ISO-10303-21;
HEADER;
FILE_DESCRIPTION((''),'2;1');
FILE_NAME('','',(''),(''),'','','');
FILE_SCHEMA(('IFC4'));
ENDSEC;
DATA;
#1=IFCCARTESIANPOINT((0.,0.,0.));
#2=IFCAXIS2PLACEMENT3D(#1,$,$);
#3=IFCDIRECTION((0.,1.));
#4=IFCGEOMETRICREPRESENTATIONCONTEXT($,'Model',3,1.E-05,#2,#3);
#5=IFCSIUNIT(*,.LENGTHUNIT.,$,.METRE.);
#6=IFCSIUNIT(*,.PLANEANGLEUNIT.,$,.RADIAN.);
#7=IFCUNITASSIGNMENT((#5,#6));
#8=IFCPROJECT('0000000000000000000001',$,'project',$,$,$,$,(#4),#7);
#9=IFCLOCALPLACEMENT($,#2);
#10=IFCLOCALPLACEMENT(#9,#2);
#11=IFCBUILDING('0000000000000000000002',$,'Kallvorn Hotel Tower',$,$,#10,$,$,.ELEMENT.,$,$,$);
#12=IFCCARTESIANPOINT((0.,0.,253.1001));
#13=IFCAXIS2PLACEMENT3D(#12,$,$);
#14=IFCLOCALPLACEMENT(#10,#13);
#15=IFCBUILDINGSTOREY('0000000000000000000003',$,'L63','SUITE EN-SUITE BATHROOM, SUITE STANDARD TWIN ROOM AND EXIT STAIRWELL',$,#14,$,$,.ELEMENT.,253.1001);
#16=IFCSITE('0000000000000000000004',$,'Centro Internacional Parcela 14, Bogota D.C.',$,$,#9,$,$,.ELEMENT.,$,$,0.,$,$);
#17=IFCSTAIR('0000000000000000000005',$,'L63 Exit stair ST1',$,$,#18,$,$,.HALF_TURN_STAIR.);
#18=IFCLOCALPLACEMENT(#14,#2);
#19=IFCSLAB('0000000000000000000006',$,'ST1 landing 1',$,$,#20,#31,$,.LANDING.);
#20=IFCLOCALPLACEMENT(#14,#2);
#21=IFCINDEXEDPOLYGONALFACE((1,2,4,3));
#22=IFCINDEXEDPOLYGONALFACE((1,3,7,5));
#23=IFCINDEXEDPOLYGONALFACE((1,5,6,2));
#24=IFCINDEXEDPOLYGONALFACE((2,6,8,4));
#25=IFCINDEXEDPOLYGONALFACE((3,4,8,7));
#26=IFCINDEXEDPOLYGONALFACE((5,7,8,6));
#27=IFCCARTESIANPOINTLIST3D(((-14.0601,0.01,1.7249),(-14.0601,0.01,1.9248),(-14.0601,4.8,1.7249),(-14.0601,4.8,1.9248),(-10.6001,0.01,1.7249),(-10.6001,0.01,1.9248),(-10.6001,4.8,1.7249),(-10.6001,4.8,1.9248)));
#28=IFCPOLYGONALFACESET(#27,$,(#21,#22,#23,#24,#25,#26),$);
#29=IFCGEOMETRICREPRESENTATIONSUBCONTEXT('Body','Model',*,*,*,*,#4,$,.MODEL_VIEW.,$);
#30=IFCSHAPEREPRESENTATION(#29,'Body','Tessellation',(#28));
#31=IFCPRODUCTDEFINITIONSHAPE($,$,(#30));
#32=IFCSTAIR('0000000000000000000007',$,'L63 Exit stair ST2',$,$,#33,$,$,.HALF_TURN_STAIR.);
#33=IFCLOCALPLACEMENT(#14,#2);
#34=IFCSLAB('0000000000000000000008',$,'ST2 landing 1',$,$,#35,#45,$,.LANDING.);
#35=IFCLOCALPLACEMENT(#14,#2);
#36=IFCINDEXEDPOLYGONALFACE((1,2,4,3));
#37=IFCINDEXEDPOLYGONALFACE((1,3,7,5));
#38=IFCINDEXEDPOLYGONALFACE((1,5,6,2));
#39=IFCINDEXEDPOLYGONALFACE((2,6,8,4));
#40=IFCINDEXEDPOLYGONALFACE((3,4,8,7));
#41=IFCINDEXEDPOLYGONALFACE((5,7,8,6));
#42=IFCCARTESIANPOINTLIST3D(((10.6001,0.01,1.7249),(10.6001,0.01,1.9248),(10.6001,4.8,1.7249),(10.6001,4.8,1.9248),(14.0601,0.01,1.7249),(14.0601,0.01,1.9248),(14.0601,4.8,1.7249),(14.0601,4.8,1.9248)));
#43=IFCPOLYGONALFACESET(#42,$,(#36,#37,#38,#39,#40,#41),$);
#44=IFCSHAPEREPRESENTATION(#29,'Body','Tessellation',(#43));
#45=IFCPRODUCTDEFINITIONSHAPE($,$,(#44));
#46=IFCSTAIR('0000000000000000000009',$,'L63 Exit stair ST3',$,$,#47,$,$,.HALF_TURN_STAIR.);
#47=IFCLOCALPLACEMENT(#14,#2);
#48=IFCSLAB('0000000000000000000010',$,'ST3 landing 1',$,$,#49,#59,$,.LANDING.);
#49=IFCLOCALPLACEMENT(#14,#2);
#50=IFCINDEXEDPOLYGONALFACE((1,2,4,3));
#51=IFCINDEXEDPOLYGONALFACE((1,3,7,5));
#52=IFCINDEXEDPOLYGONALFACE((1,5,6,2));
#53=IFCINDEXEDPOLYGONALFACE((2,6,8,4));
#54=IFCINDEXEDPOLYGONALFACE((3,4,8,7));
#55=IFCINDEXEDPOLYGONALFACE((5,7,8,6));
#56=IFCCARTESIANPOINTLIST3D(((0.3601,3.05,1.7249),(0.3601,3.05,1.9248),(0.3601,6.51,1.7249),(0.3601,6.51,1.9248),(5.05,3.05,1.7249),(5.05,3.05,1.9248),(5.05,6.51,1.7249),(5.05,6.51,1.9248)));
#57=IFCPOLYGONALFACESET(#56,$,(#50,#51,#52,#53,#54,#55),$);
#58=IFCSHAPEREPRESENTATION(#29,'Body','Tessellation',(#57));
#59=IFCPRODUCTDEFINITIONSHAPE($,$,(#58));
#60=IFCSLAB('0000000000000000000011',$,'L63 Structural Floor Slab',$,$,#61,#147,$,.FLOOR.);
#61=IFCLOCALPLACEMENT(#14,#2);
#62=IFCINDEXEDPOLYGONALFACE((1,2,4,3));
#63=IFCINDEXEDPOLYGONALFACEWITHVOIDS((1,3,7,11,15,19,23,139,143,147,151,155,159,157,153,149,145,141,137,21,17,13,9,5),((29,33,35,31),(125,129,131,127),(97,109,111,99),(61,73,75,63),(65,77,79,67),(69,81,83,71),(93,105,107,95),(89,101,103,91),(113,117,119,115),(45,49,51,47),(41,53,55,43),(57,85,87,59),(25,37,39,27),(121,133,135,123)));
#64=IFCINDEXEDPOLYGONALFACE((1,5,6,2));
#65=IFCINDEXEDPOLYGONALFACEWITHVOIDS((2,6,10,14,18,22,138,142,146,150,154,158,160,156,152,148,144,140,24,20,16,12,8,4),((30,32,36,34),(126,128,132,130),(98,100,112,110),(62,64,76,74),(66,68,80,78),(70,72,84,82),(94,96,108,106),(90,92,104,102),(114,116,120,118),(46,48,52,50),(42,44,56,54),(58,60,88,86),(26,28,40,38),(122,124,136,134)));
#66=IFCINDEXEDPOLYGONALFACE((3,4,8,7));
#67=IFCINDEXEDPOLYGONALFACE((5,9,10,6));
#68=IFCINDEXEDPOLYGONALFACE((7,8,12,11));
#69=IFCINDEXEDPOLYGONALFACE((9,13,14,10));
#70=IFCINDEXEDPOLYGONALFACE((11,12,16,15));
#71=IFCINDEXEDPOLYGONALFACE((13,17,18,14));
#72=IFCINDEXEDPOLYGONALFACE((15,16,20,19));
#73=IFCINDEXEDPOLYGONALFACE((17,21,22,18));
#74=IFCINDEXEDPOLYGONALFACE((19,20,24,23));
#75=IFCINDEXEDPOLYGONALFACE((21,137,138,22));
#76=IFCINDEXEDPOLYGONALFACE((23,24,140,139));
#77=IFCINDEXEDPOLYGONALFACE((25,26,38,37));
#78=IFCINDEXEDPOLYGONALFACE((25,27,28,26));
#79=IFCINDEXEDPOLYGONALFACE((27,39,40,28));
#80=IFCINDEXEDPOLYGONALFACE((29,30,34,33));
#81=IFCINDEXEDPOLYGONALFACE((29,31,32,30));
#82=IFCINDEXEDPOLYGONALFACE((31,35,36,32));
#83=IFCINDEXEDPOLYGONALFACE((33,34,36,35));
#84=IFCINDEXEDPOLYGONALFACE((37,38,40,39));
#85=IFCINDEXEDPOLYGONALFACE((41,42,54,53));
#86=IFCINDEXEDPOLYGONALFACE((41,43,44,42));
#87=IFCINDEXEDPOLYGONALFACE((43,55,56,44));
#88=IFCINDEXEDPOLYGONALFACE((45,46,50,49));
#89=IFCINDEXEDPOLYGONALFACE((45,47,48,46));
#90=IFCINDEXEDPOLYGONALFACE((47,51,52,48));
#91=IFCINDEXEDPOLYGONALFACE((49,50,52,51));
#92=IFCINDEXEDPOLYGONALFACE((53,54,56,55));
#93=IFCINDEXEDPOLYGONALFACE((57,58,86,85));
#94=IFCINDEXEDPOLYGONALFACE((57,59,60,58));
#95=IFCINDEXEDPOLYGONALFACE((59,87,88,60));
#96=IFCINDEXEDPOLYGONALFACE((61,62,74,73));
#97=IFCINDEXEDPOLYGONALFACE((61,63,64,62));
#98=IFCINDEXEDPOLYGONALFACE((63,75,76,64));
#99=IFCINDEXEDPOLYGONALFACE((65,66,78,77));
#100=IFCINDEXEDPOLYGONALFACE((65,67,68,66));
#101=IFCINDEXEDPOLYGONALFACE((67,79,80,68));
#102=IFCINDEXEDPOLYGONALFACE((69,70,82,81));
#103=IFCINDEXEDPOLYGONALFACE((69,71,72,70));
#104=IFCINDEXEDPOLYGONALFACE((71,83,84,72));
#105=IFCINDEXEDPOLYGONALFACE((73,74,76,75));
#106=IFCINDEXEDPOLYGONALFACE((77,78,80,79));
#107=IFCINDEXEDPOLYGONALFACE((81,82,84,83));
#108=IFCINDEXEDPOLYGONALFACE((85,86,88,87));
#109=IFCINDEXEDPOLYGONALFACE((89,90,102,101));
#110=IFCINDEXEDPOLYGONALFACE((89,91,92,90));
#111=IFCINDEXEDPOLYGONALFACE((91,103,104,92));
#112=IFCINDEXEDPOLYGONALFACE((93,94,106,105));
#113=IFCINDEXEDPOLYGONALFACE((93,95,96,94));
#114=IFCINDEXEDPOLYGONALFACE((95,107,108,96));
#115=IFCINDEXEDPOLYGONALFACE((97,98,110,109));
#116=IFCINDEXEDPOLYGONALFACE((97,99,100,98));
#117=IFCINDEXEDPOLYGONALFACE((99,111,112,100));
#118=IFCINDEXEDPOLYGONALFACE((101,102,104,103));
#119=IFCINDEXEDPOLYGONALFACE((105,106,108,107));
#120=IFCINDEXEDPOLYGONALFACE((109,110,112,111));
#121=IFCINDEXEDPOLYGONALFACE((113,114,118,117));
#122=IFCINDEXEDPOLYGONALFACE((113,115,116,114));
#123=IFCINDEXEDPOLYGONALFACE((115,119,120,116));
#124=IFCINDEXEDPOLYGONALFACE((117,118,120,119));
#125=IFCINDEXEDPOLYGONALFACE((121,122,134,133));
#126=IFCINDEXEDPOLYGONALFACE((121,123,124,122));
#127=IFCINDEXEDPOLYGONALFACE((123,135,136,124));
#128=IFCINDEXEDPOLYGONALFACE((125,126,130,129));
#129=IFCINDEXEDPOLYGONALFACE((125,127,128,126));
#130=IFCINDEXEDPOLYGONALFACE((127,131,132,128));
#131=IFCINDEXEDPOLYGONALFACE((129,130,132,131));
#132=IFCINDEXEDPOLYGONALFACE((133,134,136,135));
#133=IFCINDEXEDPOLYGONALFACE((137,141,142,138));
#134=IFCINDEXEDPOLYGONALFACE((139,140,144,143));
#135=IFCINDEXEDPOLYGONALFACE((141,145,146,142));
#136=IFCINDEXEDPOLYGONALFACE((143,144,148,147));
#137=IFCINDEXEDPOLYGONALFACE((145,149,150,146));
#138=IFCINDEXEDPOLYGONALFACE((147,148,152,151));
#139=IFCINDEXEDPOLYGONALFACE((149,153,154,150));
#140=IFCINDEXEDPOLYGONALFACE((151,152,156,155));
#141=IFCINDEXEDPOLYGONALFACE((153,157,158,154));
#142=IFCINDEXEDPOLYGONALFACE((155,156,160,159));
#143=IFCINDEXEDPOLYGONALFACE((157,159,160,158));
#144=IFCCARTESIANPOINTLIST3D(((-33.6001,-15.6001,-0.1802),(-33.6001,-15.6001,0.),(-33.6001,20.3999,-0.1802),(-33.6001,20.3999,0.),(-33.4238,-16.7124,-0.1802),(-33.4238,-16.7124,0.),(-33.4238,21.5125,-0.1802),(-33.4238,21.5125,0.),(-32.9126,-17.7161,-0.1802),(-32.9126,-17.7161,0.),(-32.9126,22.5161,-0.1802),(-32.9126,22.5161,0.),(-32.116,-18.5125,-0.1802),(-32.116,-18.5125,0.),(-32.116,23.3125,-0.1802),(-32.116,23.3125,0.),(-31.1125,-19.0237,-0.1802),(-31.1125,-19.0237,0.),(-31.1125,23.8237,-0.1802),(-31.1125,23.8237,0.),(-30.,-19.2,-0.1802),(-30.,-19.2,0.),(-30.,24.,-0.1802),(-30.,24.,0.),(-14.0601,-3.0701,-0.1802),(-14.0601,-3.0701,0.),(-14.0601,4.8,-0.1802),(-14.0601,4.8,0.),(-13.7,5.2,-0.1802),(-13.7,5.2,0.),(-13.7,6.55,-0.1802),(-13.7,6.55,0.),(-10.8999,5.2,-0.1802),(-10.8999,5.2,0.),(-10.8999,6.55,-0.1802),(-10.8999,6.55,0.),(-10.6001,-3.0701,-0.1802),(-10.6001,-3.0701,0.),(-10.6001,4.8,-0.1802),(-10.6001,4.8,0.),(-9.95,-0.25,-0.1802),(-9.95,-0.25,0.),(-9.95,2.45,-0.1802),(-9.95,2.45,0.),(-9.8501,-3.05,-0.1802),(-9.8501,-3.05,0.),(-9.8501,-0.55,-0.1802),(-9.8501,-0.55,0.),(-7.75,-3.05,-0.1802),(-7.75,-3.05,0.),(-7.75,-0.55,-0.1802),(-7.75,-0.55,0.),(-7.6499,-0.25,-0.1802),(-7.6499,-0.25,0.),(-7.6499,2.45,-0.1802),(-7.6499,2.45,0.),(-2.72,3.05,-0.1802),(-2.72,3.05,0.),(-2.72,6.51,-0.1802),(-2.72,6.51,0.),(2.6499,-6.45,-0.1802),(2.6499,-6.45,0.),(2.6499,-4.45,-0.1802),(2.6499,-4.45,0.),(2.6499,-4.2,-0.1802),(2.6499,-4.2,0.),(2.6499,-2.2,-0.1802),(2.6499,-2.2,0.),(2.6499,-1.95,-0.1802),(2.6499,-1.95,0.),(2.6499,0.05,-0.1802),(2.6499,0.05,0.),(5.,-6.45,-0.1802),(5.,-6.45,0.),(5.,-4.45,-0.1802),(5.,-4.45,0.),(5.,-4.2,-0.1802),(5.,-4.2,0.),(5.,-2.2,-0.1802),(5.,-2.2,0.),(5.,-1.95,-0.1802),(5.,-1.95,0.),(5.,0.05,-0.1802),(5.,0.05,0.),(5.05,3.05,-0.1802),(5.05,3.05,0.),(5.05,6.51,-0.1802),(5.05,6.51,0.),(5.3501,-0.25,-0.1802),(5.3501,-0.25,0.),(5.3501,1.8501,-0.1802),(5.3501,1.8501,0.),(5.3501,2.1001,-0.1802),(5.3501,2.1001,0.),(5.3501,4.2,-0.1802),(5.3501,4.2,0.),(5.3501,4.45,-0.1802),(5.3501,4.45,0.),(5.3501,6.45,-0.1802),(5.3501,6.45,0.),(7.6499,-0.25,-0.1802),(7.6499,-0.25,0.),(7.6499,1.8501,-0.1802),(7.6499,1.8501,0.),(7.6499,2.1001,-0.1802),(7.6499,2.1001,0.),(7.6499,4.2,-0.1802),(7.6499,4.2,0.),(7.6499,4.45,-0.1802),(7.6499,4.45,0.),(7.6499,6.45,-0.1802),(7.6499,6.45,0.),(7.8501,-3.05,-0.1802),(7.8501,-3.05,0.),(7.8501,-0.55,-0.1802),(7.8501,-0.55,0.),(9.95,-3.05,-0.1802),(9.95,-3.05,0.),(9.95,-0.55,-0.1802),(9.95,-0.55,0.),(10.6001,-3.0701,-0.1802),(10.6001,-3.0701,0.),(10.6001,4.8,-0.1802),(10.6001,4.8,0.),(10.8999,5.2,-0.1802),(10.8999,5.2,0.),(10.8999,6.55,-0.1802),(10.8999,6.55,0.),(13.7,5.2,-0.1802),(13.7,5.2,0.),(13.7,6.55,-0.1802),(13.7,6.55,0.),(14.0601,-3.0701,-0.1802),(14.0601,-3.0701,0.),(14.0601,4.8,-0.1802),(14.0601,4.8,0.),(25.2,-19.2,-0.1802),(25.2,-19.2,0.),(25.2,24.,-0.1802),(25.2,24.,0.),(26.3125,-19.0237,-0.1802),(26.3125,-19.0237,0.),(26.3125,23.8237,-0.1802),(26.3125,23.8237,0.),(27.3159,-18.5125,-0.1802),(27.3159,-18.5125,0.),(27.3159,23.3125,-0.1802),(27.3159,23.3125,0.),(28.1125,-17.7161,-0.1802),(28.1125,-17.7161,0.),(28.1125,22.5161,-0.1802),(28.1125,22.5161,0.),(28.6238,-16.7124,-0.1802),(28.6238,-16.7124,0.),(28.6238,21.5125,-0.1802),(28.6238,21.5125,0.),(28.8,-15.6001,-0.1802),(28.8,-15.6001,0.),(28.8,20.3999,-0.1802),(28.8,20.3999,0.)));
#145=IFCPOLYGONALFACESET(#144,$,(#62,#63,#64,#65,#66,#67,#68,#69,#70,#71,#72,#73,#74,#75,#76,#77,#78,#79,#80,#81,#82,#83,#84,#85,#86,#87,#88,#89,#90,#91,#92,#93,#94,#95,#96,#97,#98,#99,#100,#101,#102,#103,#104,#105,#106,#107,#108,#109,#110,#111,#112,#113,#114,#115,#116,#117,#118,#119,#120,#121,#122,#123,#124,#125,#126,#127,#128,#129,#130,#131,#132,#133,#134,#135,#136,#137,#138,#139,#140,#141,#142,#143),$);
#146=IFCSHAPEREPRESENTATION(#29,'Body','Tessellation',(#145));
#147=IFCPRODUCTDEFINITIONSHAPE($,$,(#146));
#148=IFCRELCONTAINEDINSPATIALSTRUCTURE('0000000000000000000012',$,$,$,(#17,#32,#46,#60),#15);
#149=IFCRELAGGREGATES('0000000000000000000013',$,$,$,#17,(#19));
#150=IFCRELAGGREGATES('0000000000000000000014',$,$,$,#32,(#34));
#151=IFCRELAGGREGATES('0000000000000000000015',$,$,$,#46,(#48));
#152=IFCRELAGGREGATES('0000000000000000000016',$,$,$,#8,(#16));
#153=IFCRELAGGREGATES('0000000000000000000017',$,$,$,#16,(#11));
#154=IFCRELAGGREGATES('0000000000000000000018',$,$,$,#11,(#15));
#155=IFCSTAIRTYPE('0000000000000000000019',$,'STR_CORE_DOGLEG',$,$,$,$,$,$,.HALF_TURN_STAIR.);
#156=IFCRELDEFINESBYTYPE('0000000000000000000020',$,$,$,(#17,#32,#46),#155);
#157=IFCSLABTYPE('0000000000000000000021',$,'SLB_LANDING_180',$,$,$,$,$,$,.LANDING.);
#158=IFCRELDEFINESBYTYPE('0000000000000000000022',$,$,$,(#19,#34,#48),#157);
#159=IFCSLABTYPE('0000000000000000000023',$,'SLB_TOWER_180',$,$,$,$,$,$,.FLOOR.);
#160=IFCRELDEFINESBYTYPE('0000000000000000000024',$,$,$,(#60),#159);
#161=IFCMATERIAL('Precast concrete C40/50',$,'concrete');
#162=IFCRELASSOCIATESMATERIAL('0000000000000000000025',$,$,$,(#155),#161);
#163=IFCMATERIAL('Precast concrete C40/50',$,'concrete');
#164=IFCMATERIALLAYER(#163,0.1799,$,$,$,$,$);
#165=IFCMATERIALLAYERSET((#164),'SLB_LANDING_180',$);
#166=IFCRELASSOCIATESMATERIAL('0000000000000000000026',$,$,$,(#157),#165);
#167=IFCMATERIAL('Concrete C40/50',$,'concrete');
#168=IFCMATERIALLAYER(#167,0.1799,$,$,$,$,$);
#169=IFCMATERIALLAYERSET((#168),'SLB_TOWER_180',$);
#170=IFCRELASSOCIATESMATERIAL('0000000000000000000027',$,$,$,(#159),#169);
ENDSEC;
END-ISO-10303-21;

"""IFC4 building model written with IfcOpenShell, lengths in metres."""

from ifc_helpers import new_model, si_unit, direction, frame, origin, place, context, subcontext, project, spatial, polyline, outline, extrude, material, layer, layer_set, type_object, element, aggregate, save


model = new_model("IFC4")

# Units and contexts
model_context = context("Model", 3, precision=1e-05, world=origin(), true_north=direction((0.0, 1.0)))
body_context = subcontext(model_context, "Body", "Model", "MODEL_VIEW")
ifc_project = project(units=[si_unit("LENGTHUNIT", "METRE"), si_unit("PLANEANGLEUNIT", "RADIAN")], contexts=[model_context])

# Site, building, storey
site_placement = place(None, origin())
site = spatial("IfcSite", under=ifc_project, at=site_placement, Name="Centro Internacional Parcela 14, Bogota D.C.", CompositionType="ELEMENT", RefElevation=0.0)
building_placement = place(site_placement, origin())
building = spatial("IfcBuilding", under=site, at=building_placement, Name="Kallvorn Hotel Tower", CompositionType="ELEMENT")
storey_placement = place(building_placement, frame((0.0, 0.0, 253.1001)))
storey = spatial("IfcBuildingStorey", under=building, at=storey_placement, Name="L63", Description="SUITE EN-SUITE BATHROOM, SUITE STANDARD TWIN ROOM AND EXIT STAIRWELL", CompositionType="ELEMENT", Elevation=253.1001)

# Stairs, slabs
ifc_material_1 = material(Name="Precast concrete C40/50", Category="concrete")
stair_type = type_object("IfcStairType", Name="STR_CORE_DOGLEG", PredefinedType="HALF_TURN_STAIR", material=ifc_material_1)
stair_1_placement = place(storey_placement, origin())
stair_1 = element("IfcStair", 1, at=stair_1_placement, inside=storey, type_object=stair_type, Name="L63 Exit stair ST1", PredefinedType="HALF_TURN_STAIR")
ifc_material_2 = material(Name="Precast concrete C40/50", Category="concrete")
ifc_layer_1 = layer(ifc_material_2, 0.1799)
ifc_layer_set_1 = layer_set([ifc_layer_1], Name="SLB_LANDING_180")
slab_type_1 = type_object("IfcSlabType", Name="SLB_LANDING_180", PredefinedType="LANDING", material=ifc_layer_set_1)
slab_1_placement = place(storey_placement, frame((0.0, 0.0, 1.7249)))
slab_1 = element("IfcSlab", 2, at=slab_1_placement, type_object=slab_type_1, Name="ST1 landing 1", PredefinedType="LANDING", context=body_context, shape_type="SweptSolid", body=[
    extrude(outline(polyline([(-10.6001, 0.01), (-10.6001, 4.8), (-14.0601, 4.8), (-14.0601, 0.01), (-10.6001, 0.01)])), origin(), (0.0, 0.0, 1.0), 0.2),
])
aggregate(stair_1, [slab_1])
stair_2_placement = place(storey_placement, origin())
stair_2 = element("IfcStair", 3, at=stair_2_placement, inside=storey, type_object=stair_type, Name="L63 Exit stair ST2", PredefinedType="HALF_TURN_STAIR")
slab_2_placement = place(storey_placement, frame((0.0, 0.0, 1.7249)))
slab_2 = element("IfcSlab", 4, at=slab_2_placement, type_object=slab_type_1, Name="ST2 landing 1", PredefinedType="LANDING", context=body_context, shape_type="SweptSolid", body=[
    extrude(outline(polyline([(14.0601, 0.01), (14.0601, 4.8), (10.6001, 4.8), (10.6001, 0.01), (14.0601, 0.01)])), origin(), (0.0, 0.0, 1.0), 0.2),
])
aggregate(stair_2, [slab_2])
stair_3_placement = place(storey_placement, origin())
stair_3 = element("IfcStair", 5, at=stair_3_placement, inside=storey, type_object=stair_type, Name="L63 Exit stair ST3", PredefinedType="HALF_TURN_STAIR")
slab_3_placement = place(storey_placement, frame((0.0, 0.0, 1.7249)))
slab_3 = element("IfcSlab", 6, at=slab_3_placement, type_object=slab_type_1, Name="ST3 landing 1", PredefinedType="LANDING", context=body_context, shape_type="SweptSolid", body=[
    extrude(outline(polyline([(0.3601, 3.05), (5.05, 3.05), (5.05, 6.51), (0.3601, 6.51), (0.3601, 3.05)])), origin(), (0.0, 0.0, 1.0), 0.2),
])
aggregate(stair_3, [slab_3])

# Slab
ifc_material_3 = material(Name="Concrete C40/50", Category="concrete")
ifc_layer_2 = layer(ifc_material_3, 0.1799)
ifc_layer_set_2 = layer_set([ifc_layer_2], Name="SLB_TOWER_180")
slab_type_2 = type_object("IfcSlabType", Name="SLB_TOWER_180", PredefinedType="FLOOR", material=ifc_layer_set_2)
slab_4_placement = place(storey_placement, frame((0.0, 0.0, -0.1802)))
element("IfcSlab", 7, at=slab_4_placement, inside=storey, type_object=slab_type_2, Name="L63 Structural Floor Slab", PredefinedType="FLOOR", context=body_context, shape_type="SweptSolid", body=[
    extrude(outline(polyline([(25.2, -19.2), (26.3125, -19.0237), (27.3159, -18.5125), (28.1125, -17.7161), (28.6238, -16.7124), (28.8, -15.6001), (28.8, 20.3999), (28.6238, 21.5125), (28.1125, 22.5161), (27.3159, 23.3125), (26.3125, 23.8237), (25.2, 24.0), (-30.0, 24.0), (-31.1125, 23.8237), (-32.116, 23.3125), (-32.9126, 22.5161), (-33.4238, 21.5125), (-33.6001, 20.3999), (-33.6001, -15.6001), (-33.4238, -16.7124), (-32.9126, -17.7161), (-32.116, -18.5125), (-31.1125, -19.0237), (-30.0, -19.2), (25.2, -19.2)]), holes=[polyline([(-10.6001, -3.0701), (-10.6001, 4.8), (-14.0601, 4.8), (-14.0601, -3.0701), (-10.6001, -3.0701)]), polyline([(14.0601, -3.0701), (14.0601, 4.8), (10.6001, 4.8), (10.6001, -3.0701), (14.0601, -3.0701)]), polyline([(-2.72, 3.05), (5.05, 3.05), (5.05, 6.51), (-2.72, 6.51), (-2.72, 3.05)]), polyline([(2.6499, -6.45), (5.0, -6.45), (5.0, -4.45), (2.6499, -4.45), (2.6499, -6.45)]), polyline([(2.6499, -4.2), (5.0, -4.2), (5.0, -2.2), (2.6499, -2.2), (2.6499, -4.2)]), polyline([(2.6499, -1.95), (5.0, -1.95), (5.0, 0.05), (2.6499, 0.05), (2.6499, -1.95)]), polyline([(5.3501, -0.25), (7.6499, -0.25), (7.6499, 1.8501), (5.3501, 1.8501), (5.3501, -0.25)]), polyline([(5.3501, 2.1001), (7.6499, 2.1001), (7.6499, 4.2), (5.3501, 4.2), (5.3501, 2.1001)]), polyline([(5.3501, 4.45), (7.6499, 4.45), (7.6499, 6.45), (5.3501, 6.45), (5.3501, 4.45)]), polyline([(-9.8501, -3.05), (-7.75, -3.05), (-7.75, -0.55), (-9.8501, -0.55), (-9.8501, -3.05)]), polyline([(7.8501, -3.05), (9.95, -3.05), (9.95, -0.55), (7.8501, -0.55), (7.8501, -3.05)]), polyline([(-9.95, -0.25), (-7.6499, -0.25), (-7.6499, 2.45), (-9.95, 2.45), (-9.95, -0.25)]), polyline([(-13.7, 5.2), (-10.8999, 5.2), (-10.8999, 6.55), (-13.7, 6.55), (-13.7, 5.2)]), polyline([(10.8999, 5.2), (13.7, 5.2), (13.7, 6.55), (10.8999, 6.55), (10.8999, 5.2)])]), origin(), (0.0, 0.0, 1.0), 0.1802),
])

save(model, "model.ifc")
